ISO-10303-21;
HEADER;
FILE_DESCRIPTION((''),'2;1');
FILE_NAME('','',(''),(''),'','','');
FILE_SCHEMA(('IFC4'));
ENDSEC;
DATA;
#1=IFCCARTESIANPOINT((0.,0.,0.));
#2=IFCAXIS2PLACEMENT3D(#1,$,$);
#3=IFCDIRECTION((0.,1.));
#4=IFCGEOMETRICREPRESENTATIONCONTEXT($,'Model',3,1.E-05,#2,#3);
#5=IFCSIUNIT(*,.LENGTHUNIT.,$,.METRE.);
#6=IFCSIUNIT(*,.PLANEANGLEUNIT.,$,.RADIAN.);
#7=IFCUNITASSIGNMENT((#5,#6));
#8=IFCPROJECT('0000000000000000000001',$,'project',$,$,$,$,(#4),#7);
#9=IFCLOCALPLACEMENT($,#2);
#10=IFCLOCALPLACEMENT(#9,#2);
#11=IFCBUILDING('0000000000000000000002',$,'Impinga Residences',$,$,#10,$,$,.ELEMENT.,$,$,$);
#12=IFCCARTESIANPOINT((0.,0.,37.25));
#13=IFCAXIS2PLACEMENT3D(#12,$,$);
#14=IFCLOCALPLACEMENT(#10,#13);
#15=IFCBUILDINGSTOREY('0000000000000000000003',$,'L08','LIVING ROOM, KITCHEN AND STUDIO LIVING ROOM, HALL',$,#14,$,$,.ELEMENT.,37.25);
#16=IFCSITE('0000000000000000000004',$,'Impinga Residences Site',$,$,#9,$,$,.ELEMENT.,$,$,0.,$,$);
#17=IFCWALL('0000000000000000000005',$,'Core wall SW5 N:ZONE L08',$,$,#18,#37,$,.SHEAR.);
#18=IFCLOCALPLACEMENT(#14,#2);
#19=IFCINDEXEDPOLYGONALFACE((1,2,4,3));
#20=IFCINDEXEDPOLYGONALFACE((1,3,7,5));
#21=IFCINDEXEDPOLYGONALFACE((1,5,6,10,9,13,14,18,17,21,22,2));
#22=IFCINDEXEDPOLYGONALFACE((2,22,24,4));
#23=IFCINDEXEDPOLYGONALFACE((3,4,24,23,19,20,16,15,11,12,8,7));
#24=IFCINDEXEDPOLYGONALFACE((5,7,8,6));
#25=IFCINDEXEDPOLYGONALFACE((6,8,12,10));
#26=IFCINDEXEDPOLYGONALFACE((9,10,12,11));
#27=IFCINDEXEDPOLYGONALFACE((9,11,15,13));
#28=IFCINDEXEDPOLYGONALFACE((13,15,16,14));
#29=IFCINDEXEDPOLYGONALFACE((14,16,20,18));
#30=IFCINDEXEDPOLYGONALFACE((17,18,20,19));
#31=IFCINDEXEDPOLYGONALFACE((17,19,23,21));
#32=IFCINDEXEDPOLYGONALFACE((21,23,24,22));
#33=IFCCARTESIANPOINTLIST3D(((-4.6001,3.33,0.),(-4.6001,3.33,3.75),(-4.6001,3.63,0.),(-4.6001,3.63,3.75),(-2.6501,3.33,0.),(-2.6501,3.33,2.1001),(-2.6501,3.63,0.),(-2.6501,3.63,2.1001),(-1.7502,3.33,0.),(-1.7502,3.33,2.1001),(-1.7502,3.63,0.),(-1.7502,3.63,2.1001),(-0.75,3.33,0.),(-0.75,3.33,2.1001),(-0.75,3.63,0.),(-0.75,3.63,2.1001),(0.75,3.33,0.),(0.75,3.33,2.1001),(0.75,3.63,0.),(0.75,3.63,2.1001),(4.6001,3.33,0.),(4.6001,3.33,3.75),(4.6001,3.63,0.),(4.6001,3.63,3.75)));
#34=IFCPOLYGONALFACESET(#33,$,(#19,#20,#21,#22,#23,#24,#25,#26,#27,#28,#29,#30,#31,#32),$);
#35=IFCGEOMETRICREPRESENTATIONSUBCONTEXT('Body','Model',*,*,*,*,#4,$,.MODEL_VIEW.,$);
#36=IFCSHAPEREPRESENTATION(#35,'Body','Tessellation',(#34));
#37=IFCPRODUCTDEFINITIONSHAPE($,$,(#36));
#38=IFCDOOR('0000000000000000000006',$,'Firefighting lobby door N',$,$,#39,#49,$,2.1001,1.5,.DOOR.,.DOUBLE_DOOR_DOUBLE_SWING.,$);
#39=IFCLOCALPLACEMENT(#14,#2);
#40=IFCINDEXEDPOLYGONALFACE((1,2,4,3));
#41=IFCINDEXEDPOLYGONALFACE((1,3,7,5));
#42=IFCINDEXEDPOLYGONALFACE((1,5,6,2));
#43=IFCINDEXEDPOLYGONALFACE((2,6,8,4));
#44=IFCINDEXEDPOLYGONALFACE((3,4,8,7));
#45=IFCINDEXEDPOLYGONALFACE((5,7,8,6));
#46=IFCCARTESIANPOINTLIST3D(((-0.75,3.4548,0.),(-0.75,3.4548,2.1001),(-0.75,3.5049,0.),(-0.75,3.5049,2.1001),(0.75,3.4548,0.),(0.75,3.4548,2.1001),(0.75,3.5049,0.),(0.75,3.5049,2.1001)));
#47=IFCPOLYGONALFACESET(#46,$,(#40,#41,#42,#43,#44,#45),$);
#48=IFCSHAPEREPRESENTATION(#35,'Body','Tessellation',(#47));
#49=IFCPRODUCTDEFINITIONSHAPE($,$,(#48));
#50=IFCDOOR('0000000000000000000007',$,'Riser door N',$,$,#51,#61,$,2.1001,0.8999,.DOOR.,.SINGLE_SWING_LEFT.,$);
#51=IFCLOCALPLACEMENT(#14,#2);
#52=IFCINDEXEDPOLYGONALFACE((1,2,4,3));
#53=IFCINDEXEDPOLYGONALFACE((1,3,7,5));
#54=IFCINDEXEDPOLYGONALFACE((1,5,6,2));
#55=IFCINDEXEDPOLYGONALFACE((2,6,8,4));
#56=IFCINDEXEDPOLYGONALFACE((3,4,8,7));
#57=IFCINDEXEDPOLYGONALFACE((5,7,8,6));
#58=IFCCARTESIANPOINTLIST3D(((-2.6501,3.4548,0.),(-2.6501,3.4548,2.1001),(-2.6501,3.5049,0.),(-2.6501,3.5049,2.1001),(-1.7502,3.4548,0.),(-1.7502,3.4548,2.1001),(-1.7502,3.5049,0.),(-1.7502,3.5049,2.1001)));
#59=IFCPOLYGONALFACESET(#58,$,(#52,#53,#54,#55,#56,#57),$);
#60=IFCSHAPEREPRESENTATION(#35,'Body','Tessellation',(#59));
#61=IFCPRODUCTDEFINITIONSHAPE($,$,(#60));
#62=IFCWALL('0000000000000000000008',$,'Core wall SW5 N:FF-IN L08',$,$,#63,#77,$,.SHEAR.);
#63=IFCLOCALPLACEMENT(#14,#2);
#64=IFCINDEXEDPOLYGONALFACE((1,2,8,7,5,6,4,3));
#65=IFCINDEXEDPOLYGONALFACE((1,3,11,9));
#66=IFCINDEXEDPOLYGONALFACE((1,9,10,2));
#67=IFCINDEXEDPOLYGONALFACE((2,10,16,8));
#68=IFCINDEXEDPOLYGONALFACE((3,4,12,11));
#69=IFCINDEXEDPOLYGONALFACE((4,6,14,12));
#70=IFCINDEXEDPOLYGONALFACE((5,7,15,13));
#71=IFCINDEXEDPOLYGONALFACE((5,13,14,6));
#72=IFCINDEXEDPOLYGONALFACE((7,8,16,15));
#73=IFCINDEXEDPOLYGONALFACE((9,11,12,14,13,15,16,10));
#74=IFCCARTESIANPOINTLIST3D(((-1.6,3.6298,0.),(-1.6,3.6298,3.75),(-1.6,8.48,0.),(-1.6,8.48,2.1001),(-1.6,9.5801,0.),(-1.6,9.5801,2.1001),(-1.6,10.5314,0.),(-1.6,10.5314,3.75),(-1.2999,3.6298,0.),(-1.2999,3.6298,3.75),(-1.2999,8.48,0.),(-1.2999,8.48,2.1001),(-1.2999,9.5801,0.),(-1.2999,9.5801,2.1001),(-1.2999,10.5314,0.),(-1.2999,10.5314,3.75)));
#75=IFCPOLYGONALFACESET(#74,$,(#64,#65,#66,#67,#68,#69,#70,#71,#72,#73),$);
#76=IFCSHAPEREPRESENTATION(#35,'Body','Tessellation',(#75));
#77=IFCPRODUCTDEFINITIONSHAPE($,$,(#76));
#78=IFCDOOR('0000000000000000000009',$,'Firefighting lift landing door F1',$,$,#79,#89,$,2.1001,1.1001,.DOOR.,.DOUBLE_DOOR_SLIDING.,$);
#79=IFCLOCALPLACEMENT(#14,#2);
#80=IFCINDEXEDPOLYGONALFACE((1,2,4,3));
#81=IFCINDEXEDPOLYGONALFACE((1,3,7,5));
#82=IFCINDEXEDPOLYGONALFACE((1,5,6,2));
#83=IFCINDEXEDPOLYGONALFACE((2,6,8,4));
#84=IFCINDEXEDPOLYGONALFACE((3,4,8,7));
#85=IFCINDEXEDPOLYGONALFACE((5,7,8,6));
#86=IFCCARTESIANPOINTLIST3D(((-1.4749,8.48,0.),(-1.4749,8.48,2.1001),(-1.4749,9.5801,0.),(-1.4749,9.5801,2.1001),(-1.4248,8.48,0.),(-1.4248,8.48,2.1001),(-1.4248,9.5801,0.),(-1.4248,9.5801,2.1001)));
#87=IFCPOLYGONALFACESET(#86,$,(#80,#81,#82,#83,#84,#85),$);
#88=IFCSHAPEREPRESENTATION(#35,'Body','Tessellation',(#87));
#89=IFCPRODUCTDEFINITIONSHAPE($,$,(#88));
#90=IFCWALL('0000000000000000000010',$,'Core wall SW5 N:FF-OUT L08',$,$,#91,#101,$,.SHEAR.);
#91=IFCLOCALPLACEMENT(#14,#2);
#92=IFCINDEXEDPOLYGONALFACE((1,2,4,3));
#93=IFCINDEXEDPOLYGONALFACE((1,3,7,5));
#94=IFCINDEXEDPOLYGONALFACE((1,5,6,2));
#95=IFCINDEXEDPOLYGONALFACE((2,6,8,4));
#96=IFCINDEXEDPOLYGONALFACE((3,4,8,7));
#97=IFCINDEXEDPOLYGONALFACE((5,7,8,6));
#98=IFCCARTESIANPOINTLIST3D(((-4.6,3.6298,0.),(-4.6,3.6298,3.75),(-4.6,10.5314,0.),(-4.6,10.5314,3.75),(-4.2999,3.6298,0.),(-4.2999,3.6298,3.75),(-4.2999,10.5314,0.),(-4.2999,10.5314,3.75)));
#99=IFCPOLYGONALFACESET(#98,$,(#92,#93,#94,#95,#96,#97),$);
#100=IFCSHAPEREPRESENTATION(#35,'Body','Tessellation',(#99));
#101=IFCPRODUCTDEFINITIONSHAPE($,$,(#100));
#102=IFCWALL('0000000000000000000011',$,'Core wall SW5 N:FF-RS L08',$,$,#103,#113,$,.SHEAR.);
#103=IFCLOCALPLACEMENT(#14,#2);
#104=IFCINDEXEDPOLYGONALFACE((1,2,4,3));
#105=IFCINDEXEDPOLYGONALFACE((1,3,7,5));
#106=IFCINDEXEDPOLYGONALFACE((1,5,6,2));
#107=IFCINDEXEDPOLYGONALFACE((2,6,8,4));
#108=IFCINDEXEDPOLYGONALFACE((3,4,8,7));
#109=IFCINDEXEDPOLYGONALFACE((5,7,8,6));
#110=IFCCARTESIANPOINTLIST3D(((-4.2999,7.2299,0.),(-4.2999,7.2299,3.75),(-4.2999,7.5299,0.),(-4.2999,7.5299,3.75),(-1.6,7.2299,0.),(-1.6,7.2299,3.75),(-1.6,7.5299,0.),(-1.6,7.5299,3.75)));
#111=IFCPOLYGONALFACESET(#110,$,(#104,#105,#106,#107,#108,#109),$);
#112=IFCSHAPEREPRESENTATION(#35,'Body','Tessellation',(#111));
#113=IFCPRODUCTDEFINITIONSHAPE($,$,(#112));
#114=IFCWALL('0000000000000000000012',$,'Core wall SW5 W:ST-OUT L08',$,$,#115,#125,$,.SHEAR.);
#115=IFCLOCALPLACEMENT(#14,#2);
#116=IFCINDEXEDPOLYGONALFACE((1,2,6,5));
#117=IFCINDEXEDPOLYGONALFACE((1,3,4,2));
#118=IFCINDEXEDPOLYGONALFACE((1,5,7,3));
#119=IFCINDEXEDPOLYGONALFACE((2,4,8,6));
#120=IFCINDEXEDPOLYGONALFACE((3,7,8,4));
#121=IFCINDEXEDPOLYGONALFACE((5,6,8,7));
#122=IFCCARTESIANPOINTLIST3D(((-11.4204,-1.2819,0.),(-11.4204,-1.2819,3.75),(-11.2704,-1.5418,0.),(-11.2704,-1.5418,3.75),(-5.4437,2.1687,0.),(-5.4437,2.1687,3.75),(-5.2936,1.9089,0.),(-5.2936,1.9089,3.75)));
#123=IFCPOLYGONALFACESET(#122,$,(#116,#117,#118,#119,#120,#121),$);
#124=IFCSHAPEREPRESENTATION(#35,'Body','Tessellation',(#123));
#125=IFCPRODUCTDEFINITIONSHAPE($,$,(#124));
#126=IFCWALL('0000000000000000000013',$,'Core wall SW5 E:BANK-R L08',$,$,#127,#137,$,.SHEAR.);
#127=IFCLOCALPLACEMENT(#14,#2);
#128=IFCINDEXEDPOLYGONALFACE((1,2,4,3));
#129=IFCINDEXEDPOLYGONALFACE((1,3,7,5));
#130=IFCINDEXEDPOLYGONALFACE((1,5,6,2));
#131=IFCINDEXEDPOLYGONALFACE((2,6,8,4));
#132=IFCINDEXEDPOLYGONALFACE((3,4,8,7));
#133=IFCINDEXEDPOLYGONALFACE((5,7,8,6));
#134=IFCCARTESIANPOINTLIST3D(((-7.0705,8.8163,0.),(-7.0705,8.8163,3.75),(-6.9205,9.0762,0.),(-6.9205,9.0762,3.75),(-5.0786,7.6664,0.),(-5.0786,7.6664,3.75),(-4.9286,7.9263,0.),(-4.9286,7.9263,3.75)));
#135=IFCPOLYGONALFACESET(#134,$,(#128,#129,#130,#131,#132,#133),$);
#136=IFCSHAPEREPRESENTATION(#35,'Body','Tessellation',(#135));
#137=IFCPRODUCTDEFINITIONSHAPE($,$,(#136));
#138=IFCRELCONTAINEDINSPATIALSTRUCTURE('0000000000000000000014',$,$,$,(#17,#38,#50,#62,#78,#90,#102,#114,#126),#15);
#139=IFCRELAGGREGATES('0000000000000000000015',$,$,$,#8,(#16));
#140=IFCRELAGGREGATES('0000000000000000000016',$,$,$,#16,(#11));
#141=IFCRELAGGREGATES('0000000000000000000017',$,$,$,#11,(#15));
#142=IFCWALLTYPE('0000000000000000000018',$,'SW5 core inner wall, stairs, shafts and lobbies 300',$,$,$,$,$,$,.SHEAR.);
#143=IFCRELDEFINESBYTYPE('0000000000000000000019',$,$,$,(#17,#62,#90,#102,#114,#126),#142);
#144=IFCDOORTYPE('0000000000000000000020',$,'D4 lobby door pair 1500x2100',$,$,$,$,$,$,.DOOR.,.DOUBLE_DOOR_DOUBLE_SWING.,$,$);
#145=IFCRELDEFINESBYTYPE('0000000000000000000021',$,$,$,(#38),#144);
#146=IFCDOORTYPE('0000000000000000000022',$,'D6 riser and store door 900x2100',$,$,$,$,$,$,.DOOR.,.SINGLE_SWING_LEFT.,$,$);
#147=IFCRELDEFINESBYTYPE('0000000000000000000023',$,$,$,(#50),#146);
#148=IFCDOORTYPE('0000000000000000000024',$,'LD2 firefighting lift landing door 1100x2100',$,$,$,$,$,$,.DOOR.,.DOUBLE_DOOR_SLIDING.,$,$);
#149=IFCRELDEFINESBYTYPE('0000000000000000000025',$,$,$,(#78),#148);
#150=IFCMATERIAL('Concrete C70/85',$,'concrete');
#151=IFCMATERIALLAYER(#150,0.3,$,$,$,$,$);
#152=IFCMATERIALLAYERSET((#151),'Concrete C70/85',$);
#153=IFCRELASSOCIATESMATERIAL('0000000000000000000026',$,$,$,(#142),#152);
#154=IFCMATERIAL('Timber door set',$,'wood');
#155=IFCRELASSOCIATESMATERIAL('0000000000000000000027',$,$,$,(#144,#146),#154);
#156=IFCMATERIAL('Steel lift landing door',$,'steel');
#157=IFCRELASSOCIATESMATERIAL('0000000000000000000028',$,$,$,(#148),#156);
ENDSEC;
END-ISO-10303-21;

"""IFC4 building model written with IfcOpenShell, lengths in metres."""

from ifc_helpers import new_model, si_unit, direction, frame, frame_2d, origin, place, context, subcontext, project, spatial, rectangle, extrude, material, layer, layer_set, type_object, element, fill, save


model = new_model("IFC4")

# Units and contexts
model_context = context("Model", 3, precision=1e-05, world=origin(), true_north=direction((0.0, 1.0)))
body_context = subcontext(model_context, "Body", "Model", "MODEL_VIEW")
ifc_project = project(units=[si_unit("LENGTHUNIT", "METRE"), si_unit("PLANEANGLEUNIT", "RADIAN")], contexts=[model_context])

# Site, building, storey
site_placement = place(None, origin())
site = spatial("IfcSite", under=ifc_project, at=site_placement, Name="Impinga Residences Site", CompositionType="ELEMENT", RefElevation=0.0)
building_placement = place(site_placement, origin())
building = spatial("IfcBuilding", under=site, at=building_placement, Name="Impinga Residences", CompositionType="ELEMENT")
storey_placement = place(building_placement, frame((0.0, 0.0, 37.25)))
storey = spatial("IfcBuildingStorey", under=building, at=storey_placement, Name="L08", Description="LIVING ROOM, KITCHEN AND STUDIO LIVING ROOM, HALL", CompositionType="ELEMENT", Elevation=37.25)

# Shared definitions
ifc_material_1 = material(Name="Concrete C70/85", Category="concrete")
ifc_material_2 = material(Name="Timber door set", Category="wood")

# Wall, openings, doors
ifc_layer_1 = layer(ifc_material_1, 0.3)
ifc_layer_set_1 = layer_set([ifc_layer_1], Name="Concrete C70/85")
wall_type_1 = type_object("IfcWallType", Name="SW5 core inner wall, stairs, shafts and lobbies 300", PredefinedType="SHEAR", material=ifc_layer_set_1)
wall_1_placement = place(storey_placement, frame((-4.6001, 3.48, 0.0), z_axis=(0.0, 0.0, 1.0), x_axis=(1.0, 0.0, 0.0)))
wall_1 = element("IfcWall", 1, at=wall_1_placement, inside=storey, type_object=wall_type_1, Name="Core wall SW5 N:ZONE L08", PredefinedType="SHEAR", context=body_context, shape_type="SweptSolid", body=[
    extrude(rectangle(XDim=9.2002, YDim=0.3, at=frame_2d((4.6001, 0.0))), origin(), (0.0, 0.0, 1.0), 3.75),
])
opening_1_placement = place(wall_1_placement, frame((3.8501, 0.0, 0.0)))
opening_1 = element("IfcOpeningElement", 2, at=opening_1_placement, cuts=wall_1, PredefinedType="OPENING", context=body_context, shape_type="SweptSolid", body=[
    extrude(rectangle(XDim=1.5, YDim=2.1001, at=frame_2d((0.75, 1.05))), frame((0.0, 0.1599, 0.0), z_axis=(0.0, -1.0, 0.0), x_axis=(1.0, 0.0, 0.0)), (0.0, 0.0, 1.0), 0.3201),
])
opening_2_placement = place(wall_1_placement, frame((1.95, 0.0, 0.0)))
opening_2 = element("IfcOpeningElement", 3, at=opening_2_placement, cuts=wall_1, PredefinedType="OPENING", context=body_context, shape_type="SweptSolid", body=[
    extrude(rectangle(XDim=0.8999, YDim=2.1001, at=frame_2d((0.45, 1.05))), frame((0.0, 0.1599, 0.0), z_axis=(0.0, -1.0, 0.0), x_axis=(1.0, 0.0, 0.0)), (0.0, 0.0, 1.0), 0.3201),
])
door_type_1 = type_object("IfcDoorType", Name="D4 lobby door pair 1500x2100", OperationType="DOUBLE_DOOR_DOUBLE_SWING", PredefinedType="DOOR", material=ifc_material_2)
door_1_placement = place(opening_1_placement, origin())
door_1 = element("IfcDoor", 4, at=door_1_placement, inside=storey, type_object=door_type_1, Name="Firefighting lobby door N", OperationType="DOUBLE_DOOR_DOUBLE_SWING", OverallHeight=2.1001, OverallWidth=1.5, PredefinedType="DOOR", context=body_context, shape_type="SweptSolid", body=[
    extrude(rectangle(XDim=1.5, YDim=2.1001, at=frame_2d((0.75, 1.05))), frame((0.0, 0.0249, 0.0), z_axis=(0.0, -1.0, 0.0), x_axis=(1.0, 0.0, 0.0)), (0.0, 0.0, 1.0), 0.05),
])
fill(opening_1, door_1)
door_type_2 = type_object("IfcDoorType", Name="D6 riser and store door 900x2100", OperationType="SINGLE_SWING_LEFT", PredefinedType="DOOR", material=ifc_material_2)
door_2_placement = place(opening_2_placement, origin())
door_2 = element("IfcDoor", 5, at=door_2_placement, inside=storey, type_object=door_type_2, Name="Riser door N", OperationType="SINGLE_SWING_LEFT", OverallHeight=2.1001, OverallWidth=0.8999, PredefinedType="DOOR", context=body_context, shape_type="SweptSolid", body=[
    extrude(rectangle(XDim=0.8999, YDim=2.1001, at=frame_2d((0.45, 1.05))), frame((0.0, 0.0249, 0.0), z_axis=(0.0, -1.0, 0.0), x_axis=(1.0, 0.0, 0.0)), (0.0, 0.0, 1.0), 0.05),
])
fill(opening_2, door_2)

# Wall, opening, door
wall_2_placement = place(storey_placement, frame((-1.45, 3.6299, 0.0), z_axis=(0.0, 0.0, 1.0), x_axis=(0.0, 1.0, 0.0)))
wall_2 = element("IfcWall", 6, at=wall_2_placement, inside=storey, type_object=wall_type_1, Name="Core wall SW5 N:FF-IN L08", PredefinedType="SHEAR", context=body_context, shape_type="SweptSolid", body=[
    extrude(rectangle(XDim=6.9016, YDim=0.3, at=frame_2d((3.4507, 0.0))), origin(), (0.0, 0.0, 1.0), 3.75),
])
opening_3_placement = place(wall_2_placement, frame((4.8501, 0.0, 0.0)))
opening_3 = element("IfcOpeningElement", 7, at=opening_3_placement, cuts=wall_2, PredefinedType="OPENING", context=body_context, shape_type="SweptSolid", body=[
    extrude(rectangle(XDim=1.1001, YDim=2.1001, at=frame_2d((0.55, 1.05))), frame((0.0, 0.1599, 0.0), z_axis=(0.0, -1.0, 0.0), x_axis=(1.0, 0.0, 0.0)), (0.0, 0.0, 1.0), 0.3201),
])
ifc_material_3 = material(Name="Steel lift landing door", Category="steel")
door_type_3 = type_object("IfcDoorType", Name="LD2 firefighting lift landing door 1100x2100", OperationType="DOUBLE_DOOR_SLIDING", PredefinedType="DOOR", material=ifc_material_3)
door_3_placement = place(opening_3_placement, origin())
door_3 = element("IfcDoor", 8, at=door_3_placement, inside=storey, type_object=door_type_3, Name="Firefighting lift landing door F1", OperationType="DOUBLE_DOOR_SLIDING", OverallHeight=2.1001, OverallWidth=1.1001, PredefinedType="DOOR", context=body_context, shape_type="SweptSolid", body=[
    extrude(rectangle(XDim=1.1001, YDim=2.1001, at=frame_2d((0.55, 1.05))), frame((0.0, 0.0249, 0.0), z_axis=(0.0, -1.0, 0.0), x_axis=(1.0, 0.0, 0.0)), (0.0, 0.0, 1.0), 0.05),
])
fill(opening_3, door_3)

# Walls
wall_3_placement = place(storey_placement, frame((-4.45, 3.6299, 0.0), z_axis=(0.0, 0.0, 1.0), x_axis=(0.0, 1.0, 0.0)))
element("IfcWall", 9, at=wall_3_placement, inside=storey, type_object=wall_type_1, Name="Core wall SW5 N:FF-OUT L08", PredefinedType="SHEAR", context=body_context, shape_type="SweptSolid", body=[
    extrude(rectangle(XDim=6.9016, YDim=0.3, at=frame_2d((3.4507, 0.0))), origin(), (0.0, 0.0, 1.0), 3.75),
])
wall_4_placement = place(storey_placement, frame((-4.3, 7.3799, 0.0), z_axis=(0.0, 0.0, 1.0), x_axis=(1.0, 0.0, 0.0)))
element("IfcWall", 10, at=wall_4_placement, inside=storey, type_object=wall_type_1, Name="Core wall SW5 N:FF-RS L08", PredefinedType="SHEAR", context=body_context, shape_type="SweptSolid", body=[
    extrude(rectangle(XDim=2.7, YDim=0.3, at=frame_2d((1.3501, 0.0))), origin(), (0.0, 0.0, 1.0), 3.75),
])
wall_5_placement = place(storey_placement, frame((-5.3687, 2.0388, 0.0), z_axis=(0.0, 0.0, 1.0), x_axis=(-0.866027, -0.499997, 0.0)))
element("IfcWall", 11, at=wall_5_placement, inside=storey, type_object=wall_type_1, Name="Core wall SW5 W:ST-OUT L08", PredefinedType="SHEAR", context=body_context, shape_type="SweptSolid", body=[
    extrude(rectangle(XDim=6.9014, YDim=0.3, at=frame_2d((3.4507, 0.0))), origin(), (0.0, 0.0, 1.0), 3.75),
])
wall_6_placement = place(storey_placement, frame((-5.0037, 7.7964, 0.0), z_axis=(0.0, 0.0, 1.0), x_axis=(-0.866053, 0.499952, 0.0)))
element("IfcWall", 12, at=wall_6_placement, inside=storey, type_object=wall_type_1, Name="Core wall SW5 E:BANK-R L08", PredefinedType="SHEAR", context=body_context, shape_type="SweptSolid", body=[
    extrude(rectangle(XDim=2.3, YDim=0.3, at=frame_2d((1.1499, 0.0))), origin(), (0.0, 0.0, 1.0), 3.75),
])

save(model, "model.ifc")
